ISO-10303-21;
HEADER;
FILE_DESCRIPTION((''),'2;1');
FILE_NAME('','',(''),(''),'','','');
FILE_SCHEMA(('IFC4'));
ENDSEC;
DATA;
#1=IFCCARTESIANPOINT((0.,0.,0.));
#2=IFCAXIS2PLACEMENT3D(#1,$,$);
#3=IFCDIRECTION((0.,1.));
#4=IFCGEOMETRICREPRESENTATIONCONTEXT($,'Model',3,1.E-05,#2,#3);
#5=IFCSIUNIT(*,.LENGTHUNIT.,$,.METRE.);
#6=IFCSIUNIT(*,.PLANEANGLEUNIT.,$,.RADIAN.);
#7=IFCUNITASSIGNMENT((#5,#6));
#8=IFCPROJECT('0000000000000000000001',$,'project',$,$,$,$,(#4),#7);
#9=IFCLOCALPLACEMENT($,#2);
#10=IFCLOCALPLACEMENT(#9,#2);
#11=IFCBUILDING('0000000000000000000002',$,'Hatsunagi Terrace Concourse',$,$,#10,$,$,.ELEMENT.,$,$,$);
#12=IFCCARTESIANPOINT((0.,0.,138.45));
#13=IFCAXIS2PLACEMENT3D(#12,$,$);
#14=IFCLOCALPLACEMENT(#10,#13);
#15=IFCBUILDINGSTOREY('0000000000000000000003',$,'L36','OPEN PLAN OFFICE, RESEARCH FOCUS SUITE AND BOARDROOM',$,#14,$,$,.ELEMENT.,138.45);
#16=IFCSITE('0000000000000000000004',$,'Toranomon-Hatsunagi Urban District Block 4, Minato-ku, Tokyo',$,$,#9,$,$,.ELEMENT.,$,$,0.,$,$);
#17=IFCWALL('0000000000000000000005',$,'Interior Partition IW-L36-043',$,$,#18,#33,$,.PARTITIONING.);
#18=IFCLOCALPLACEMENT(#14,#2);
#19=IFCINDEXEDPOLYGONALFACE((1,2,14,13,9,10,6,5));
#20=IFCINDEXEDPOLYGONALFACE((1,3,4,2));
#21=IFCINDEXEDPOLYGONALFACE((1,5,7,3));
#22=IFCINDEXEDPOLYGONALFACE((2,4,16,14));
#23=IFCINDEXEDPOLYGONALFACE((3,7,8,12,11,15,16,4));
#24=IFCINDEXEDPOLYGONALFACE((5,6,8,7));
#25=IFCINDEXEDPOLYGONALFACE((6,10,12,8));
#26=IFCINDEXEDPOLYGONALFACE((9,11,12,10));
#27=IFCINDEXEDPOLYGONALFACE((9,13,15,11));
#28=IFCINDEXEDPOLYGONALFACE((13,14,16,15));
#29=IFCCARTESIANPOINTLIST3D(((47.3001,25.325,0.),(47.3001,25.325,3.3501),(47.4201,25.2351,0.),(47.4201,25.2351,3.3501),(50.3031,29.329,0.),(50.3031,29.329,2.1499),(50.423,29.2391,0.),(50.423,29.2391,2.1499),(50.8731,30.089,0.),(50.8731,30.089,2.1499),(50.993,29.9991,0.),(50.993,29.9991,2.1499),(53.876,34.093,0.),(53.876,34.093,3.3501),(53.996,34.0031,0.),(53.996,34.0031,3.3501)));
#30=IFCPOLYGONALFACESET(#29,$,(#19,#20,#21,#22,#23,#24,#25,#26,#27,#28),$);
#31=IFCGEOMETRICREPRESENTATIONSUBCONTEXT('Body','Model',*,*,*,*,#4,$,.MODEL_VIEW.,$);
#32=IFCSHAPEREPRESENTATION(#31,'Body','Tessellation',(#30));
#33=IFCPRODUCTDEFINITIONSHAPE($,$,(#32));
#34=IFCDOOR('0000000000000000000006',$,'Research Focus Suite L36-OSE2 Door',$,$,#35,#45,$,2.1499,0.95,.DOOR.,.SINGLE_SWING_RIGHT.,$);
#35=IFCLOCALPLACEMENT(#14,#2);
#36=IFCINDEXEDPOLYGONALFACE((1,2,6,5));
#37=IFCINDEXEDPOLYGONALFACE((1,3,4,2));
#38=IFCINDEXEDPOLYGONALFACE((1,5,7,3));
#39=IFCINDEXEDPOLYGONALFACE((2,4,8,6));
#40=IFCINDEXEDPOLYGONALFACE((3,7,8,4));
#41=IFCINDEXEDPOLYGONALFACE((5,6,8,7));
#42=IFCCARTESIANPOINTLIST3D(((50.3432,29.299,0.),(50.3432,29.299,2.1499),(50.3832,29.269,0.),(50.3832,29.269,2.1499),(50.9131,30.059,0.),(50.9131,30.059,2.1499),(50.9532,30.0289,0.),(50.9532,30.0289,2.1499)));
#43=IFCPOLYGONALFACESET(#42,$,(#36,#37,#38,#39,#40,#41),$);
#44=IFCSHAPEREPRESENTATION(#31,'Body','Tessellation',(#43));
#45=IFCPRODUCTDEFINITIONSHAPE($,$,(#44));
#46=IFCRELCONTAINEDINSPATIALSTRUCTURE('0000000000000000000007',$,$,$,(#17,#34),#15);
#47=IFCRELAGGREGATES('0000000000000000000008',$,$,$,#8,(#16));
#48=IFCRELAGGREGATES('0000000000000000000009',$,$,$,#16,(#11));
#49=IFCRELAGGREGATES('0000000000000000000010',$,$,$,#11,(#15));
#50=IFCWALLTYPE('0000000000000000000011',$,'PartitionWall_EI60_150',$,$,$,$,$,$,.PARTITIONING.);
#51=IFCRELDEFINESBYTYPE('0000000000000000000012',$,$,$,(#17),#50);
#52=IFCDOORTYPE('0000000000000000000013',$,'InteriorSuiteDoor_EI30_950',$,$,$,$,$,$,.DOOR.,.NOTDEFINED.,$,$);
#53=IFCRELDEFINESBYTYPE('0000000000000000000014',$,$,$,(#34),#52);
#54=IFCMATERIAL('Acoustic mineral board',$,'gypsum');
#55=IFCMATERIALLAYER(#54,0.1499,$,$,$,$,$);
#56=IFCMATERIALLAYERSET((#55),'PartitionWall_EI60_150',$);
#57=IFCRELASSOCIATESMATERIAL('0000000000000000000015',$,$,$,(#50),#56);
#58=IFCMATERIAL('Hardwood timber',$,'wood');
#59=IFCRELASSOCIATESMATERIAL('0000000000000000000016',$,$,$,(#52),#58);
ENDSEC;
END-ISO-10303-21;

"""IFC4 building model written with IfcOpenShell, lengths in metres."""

from ifc_helpers import new_model, si_unit, direction, frame, frame_2d, origin, place, context, subcontext, project, spatial, rectangle, extrude, material, layer, layer_set, type_object, element, fill, save


model = new_model("IFC4")

# Units and contexts
model_context = context("Model", 3, precision=1e-05, world=origin(), true_north=direction((0.0, 1.0)))
body_context = subcontext(model_context, "Body", "Model", "MODEL_VIEW")
ifc_project = project(units=[si_unit("LENGTHUNIT", "METRE"), si_unit("PLANEANGLEUNIT", "RADIAN")], contexts=[model_context])

# Site, building, storey
site_placement = place(None, origin())
site = spatial("IfcSite", under=ifc_project, at=site_placement, Name="Toranomon-Hatsunagi Urban District Block 4, Minato-ku, Tokyo", CompositionType="ELEMENT", RefElevation=0.0)
building_placement = place(site_placement, origin())
building = spatial("IfcBuilding", under=site, at=building_placement, Name="Hatsunagi Terrace Concourse", CompositionType="ELEMENT")
storey_placement = place(building_placement, frame((0.0, 0.0, 138.45)))
storey = spatial("IfcBuildingStorey", under=building, at=storey_placement, Name="L36", Description="OPEN PLAN OFFICE, RESEARCH FOCUS SUITE AND BOARDROOM", CompositionType="ELEMENT", Elevation=138.45)

# Shared definitions
ifc_material_1 = material(Name="Acoustic mineral board", Category="gypsum")
ifc_layer_1 = layer(ifc_material_1, 0.1499)
ifc_layer_set_1 = layer_set([ifc_layer_1], Name="PartitionWall_EI60_150")
wall_type_1 = type_object("IfcWallType", Name="PartitionWall_EI60_150", PredefinedType="PARTITIONING", material=ifc_layer_set_1)

# Wall, opening, door
wall_1_placement = place(storey_placement, frame((47.3601, 25.28, 0.0), z_axis=(0.0, 0.0, 1.0), x_axis=(0.599993, 0.800005, 0.0)))
wall_1 = element("IfcWall", 1, at=wall_1_placement, inside=storey, type_object=wall_type_1, Name="Interior Partition IW-L36-043", PredefinedType="PARTITIONING", context=body_context, shape_type="SweptSolid", body=[
    extrude(rectangle(XDim=10.96, YDim=0.1499, at=frame_2d((5.48, 0.0))), origin(), (0.0, 0.0, 1.0), 3.3501),
])
opening_1_placement = place(wall_1_placement, frame((5.0049, 0.0, 0.0)))
opening_1 = element("IfcOpeningElement", 2, at=opening_1_placement, cuts=wall_1, PredefinedType="OPENING", context=body_context, shape_type="SweptSolid", body=[
    extrude(rectangle(XDim=0.95, YDim=2.1499, at=frame_2d((0.4751, 1.075))), frame((0.0, 0.085, 0.0), z_axis=(0.0, -1.0, 0.0), x_axis=(1.0, 0.0, 0.0)), (0.0, 0.0, 1.0), 0.1699),
])
ifc_material_2 = material(Name="Hardwood timber", Category="wood")
door_type_1 = type_object("IfcDoorType", Name="InteriorSuiteDoor_EI30_950", OperationType="NOTDEFINED", PredefinedType="DOOR", material=ifc_material_2)
door_1_placement = place(opening_1_placement, origin())
door_1 = element("IfcDoor", 3, at=door_1_placement, inside=storey, type_object=door_type_1, Name="Research Focus Suite L36-OSE2 Door", OperationType="SINGLE_SWING_RIGHT", OverallHeight=2.1499, OverallWidth=0.95, PredefinedType="DOOR", context=body_context, shape_type="SweptSolid", body=[
    extrude(rectangle(XDim=0.95, YDim=2.1499, at=frame_2d((0.4751, 1.075))), frame((0.0, 0.0249, 0.0), z_axis=(0.0, -1.0, 0.0), x_axis=(1.0, 0.0, 0.0)), (0.0, 0.0, 1.0), 0.05),
])
fill(opening_1, door_1)

save(model, "model.ifc")
